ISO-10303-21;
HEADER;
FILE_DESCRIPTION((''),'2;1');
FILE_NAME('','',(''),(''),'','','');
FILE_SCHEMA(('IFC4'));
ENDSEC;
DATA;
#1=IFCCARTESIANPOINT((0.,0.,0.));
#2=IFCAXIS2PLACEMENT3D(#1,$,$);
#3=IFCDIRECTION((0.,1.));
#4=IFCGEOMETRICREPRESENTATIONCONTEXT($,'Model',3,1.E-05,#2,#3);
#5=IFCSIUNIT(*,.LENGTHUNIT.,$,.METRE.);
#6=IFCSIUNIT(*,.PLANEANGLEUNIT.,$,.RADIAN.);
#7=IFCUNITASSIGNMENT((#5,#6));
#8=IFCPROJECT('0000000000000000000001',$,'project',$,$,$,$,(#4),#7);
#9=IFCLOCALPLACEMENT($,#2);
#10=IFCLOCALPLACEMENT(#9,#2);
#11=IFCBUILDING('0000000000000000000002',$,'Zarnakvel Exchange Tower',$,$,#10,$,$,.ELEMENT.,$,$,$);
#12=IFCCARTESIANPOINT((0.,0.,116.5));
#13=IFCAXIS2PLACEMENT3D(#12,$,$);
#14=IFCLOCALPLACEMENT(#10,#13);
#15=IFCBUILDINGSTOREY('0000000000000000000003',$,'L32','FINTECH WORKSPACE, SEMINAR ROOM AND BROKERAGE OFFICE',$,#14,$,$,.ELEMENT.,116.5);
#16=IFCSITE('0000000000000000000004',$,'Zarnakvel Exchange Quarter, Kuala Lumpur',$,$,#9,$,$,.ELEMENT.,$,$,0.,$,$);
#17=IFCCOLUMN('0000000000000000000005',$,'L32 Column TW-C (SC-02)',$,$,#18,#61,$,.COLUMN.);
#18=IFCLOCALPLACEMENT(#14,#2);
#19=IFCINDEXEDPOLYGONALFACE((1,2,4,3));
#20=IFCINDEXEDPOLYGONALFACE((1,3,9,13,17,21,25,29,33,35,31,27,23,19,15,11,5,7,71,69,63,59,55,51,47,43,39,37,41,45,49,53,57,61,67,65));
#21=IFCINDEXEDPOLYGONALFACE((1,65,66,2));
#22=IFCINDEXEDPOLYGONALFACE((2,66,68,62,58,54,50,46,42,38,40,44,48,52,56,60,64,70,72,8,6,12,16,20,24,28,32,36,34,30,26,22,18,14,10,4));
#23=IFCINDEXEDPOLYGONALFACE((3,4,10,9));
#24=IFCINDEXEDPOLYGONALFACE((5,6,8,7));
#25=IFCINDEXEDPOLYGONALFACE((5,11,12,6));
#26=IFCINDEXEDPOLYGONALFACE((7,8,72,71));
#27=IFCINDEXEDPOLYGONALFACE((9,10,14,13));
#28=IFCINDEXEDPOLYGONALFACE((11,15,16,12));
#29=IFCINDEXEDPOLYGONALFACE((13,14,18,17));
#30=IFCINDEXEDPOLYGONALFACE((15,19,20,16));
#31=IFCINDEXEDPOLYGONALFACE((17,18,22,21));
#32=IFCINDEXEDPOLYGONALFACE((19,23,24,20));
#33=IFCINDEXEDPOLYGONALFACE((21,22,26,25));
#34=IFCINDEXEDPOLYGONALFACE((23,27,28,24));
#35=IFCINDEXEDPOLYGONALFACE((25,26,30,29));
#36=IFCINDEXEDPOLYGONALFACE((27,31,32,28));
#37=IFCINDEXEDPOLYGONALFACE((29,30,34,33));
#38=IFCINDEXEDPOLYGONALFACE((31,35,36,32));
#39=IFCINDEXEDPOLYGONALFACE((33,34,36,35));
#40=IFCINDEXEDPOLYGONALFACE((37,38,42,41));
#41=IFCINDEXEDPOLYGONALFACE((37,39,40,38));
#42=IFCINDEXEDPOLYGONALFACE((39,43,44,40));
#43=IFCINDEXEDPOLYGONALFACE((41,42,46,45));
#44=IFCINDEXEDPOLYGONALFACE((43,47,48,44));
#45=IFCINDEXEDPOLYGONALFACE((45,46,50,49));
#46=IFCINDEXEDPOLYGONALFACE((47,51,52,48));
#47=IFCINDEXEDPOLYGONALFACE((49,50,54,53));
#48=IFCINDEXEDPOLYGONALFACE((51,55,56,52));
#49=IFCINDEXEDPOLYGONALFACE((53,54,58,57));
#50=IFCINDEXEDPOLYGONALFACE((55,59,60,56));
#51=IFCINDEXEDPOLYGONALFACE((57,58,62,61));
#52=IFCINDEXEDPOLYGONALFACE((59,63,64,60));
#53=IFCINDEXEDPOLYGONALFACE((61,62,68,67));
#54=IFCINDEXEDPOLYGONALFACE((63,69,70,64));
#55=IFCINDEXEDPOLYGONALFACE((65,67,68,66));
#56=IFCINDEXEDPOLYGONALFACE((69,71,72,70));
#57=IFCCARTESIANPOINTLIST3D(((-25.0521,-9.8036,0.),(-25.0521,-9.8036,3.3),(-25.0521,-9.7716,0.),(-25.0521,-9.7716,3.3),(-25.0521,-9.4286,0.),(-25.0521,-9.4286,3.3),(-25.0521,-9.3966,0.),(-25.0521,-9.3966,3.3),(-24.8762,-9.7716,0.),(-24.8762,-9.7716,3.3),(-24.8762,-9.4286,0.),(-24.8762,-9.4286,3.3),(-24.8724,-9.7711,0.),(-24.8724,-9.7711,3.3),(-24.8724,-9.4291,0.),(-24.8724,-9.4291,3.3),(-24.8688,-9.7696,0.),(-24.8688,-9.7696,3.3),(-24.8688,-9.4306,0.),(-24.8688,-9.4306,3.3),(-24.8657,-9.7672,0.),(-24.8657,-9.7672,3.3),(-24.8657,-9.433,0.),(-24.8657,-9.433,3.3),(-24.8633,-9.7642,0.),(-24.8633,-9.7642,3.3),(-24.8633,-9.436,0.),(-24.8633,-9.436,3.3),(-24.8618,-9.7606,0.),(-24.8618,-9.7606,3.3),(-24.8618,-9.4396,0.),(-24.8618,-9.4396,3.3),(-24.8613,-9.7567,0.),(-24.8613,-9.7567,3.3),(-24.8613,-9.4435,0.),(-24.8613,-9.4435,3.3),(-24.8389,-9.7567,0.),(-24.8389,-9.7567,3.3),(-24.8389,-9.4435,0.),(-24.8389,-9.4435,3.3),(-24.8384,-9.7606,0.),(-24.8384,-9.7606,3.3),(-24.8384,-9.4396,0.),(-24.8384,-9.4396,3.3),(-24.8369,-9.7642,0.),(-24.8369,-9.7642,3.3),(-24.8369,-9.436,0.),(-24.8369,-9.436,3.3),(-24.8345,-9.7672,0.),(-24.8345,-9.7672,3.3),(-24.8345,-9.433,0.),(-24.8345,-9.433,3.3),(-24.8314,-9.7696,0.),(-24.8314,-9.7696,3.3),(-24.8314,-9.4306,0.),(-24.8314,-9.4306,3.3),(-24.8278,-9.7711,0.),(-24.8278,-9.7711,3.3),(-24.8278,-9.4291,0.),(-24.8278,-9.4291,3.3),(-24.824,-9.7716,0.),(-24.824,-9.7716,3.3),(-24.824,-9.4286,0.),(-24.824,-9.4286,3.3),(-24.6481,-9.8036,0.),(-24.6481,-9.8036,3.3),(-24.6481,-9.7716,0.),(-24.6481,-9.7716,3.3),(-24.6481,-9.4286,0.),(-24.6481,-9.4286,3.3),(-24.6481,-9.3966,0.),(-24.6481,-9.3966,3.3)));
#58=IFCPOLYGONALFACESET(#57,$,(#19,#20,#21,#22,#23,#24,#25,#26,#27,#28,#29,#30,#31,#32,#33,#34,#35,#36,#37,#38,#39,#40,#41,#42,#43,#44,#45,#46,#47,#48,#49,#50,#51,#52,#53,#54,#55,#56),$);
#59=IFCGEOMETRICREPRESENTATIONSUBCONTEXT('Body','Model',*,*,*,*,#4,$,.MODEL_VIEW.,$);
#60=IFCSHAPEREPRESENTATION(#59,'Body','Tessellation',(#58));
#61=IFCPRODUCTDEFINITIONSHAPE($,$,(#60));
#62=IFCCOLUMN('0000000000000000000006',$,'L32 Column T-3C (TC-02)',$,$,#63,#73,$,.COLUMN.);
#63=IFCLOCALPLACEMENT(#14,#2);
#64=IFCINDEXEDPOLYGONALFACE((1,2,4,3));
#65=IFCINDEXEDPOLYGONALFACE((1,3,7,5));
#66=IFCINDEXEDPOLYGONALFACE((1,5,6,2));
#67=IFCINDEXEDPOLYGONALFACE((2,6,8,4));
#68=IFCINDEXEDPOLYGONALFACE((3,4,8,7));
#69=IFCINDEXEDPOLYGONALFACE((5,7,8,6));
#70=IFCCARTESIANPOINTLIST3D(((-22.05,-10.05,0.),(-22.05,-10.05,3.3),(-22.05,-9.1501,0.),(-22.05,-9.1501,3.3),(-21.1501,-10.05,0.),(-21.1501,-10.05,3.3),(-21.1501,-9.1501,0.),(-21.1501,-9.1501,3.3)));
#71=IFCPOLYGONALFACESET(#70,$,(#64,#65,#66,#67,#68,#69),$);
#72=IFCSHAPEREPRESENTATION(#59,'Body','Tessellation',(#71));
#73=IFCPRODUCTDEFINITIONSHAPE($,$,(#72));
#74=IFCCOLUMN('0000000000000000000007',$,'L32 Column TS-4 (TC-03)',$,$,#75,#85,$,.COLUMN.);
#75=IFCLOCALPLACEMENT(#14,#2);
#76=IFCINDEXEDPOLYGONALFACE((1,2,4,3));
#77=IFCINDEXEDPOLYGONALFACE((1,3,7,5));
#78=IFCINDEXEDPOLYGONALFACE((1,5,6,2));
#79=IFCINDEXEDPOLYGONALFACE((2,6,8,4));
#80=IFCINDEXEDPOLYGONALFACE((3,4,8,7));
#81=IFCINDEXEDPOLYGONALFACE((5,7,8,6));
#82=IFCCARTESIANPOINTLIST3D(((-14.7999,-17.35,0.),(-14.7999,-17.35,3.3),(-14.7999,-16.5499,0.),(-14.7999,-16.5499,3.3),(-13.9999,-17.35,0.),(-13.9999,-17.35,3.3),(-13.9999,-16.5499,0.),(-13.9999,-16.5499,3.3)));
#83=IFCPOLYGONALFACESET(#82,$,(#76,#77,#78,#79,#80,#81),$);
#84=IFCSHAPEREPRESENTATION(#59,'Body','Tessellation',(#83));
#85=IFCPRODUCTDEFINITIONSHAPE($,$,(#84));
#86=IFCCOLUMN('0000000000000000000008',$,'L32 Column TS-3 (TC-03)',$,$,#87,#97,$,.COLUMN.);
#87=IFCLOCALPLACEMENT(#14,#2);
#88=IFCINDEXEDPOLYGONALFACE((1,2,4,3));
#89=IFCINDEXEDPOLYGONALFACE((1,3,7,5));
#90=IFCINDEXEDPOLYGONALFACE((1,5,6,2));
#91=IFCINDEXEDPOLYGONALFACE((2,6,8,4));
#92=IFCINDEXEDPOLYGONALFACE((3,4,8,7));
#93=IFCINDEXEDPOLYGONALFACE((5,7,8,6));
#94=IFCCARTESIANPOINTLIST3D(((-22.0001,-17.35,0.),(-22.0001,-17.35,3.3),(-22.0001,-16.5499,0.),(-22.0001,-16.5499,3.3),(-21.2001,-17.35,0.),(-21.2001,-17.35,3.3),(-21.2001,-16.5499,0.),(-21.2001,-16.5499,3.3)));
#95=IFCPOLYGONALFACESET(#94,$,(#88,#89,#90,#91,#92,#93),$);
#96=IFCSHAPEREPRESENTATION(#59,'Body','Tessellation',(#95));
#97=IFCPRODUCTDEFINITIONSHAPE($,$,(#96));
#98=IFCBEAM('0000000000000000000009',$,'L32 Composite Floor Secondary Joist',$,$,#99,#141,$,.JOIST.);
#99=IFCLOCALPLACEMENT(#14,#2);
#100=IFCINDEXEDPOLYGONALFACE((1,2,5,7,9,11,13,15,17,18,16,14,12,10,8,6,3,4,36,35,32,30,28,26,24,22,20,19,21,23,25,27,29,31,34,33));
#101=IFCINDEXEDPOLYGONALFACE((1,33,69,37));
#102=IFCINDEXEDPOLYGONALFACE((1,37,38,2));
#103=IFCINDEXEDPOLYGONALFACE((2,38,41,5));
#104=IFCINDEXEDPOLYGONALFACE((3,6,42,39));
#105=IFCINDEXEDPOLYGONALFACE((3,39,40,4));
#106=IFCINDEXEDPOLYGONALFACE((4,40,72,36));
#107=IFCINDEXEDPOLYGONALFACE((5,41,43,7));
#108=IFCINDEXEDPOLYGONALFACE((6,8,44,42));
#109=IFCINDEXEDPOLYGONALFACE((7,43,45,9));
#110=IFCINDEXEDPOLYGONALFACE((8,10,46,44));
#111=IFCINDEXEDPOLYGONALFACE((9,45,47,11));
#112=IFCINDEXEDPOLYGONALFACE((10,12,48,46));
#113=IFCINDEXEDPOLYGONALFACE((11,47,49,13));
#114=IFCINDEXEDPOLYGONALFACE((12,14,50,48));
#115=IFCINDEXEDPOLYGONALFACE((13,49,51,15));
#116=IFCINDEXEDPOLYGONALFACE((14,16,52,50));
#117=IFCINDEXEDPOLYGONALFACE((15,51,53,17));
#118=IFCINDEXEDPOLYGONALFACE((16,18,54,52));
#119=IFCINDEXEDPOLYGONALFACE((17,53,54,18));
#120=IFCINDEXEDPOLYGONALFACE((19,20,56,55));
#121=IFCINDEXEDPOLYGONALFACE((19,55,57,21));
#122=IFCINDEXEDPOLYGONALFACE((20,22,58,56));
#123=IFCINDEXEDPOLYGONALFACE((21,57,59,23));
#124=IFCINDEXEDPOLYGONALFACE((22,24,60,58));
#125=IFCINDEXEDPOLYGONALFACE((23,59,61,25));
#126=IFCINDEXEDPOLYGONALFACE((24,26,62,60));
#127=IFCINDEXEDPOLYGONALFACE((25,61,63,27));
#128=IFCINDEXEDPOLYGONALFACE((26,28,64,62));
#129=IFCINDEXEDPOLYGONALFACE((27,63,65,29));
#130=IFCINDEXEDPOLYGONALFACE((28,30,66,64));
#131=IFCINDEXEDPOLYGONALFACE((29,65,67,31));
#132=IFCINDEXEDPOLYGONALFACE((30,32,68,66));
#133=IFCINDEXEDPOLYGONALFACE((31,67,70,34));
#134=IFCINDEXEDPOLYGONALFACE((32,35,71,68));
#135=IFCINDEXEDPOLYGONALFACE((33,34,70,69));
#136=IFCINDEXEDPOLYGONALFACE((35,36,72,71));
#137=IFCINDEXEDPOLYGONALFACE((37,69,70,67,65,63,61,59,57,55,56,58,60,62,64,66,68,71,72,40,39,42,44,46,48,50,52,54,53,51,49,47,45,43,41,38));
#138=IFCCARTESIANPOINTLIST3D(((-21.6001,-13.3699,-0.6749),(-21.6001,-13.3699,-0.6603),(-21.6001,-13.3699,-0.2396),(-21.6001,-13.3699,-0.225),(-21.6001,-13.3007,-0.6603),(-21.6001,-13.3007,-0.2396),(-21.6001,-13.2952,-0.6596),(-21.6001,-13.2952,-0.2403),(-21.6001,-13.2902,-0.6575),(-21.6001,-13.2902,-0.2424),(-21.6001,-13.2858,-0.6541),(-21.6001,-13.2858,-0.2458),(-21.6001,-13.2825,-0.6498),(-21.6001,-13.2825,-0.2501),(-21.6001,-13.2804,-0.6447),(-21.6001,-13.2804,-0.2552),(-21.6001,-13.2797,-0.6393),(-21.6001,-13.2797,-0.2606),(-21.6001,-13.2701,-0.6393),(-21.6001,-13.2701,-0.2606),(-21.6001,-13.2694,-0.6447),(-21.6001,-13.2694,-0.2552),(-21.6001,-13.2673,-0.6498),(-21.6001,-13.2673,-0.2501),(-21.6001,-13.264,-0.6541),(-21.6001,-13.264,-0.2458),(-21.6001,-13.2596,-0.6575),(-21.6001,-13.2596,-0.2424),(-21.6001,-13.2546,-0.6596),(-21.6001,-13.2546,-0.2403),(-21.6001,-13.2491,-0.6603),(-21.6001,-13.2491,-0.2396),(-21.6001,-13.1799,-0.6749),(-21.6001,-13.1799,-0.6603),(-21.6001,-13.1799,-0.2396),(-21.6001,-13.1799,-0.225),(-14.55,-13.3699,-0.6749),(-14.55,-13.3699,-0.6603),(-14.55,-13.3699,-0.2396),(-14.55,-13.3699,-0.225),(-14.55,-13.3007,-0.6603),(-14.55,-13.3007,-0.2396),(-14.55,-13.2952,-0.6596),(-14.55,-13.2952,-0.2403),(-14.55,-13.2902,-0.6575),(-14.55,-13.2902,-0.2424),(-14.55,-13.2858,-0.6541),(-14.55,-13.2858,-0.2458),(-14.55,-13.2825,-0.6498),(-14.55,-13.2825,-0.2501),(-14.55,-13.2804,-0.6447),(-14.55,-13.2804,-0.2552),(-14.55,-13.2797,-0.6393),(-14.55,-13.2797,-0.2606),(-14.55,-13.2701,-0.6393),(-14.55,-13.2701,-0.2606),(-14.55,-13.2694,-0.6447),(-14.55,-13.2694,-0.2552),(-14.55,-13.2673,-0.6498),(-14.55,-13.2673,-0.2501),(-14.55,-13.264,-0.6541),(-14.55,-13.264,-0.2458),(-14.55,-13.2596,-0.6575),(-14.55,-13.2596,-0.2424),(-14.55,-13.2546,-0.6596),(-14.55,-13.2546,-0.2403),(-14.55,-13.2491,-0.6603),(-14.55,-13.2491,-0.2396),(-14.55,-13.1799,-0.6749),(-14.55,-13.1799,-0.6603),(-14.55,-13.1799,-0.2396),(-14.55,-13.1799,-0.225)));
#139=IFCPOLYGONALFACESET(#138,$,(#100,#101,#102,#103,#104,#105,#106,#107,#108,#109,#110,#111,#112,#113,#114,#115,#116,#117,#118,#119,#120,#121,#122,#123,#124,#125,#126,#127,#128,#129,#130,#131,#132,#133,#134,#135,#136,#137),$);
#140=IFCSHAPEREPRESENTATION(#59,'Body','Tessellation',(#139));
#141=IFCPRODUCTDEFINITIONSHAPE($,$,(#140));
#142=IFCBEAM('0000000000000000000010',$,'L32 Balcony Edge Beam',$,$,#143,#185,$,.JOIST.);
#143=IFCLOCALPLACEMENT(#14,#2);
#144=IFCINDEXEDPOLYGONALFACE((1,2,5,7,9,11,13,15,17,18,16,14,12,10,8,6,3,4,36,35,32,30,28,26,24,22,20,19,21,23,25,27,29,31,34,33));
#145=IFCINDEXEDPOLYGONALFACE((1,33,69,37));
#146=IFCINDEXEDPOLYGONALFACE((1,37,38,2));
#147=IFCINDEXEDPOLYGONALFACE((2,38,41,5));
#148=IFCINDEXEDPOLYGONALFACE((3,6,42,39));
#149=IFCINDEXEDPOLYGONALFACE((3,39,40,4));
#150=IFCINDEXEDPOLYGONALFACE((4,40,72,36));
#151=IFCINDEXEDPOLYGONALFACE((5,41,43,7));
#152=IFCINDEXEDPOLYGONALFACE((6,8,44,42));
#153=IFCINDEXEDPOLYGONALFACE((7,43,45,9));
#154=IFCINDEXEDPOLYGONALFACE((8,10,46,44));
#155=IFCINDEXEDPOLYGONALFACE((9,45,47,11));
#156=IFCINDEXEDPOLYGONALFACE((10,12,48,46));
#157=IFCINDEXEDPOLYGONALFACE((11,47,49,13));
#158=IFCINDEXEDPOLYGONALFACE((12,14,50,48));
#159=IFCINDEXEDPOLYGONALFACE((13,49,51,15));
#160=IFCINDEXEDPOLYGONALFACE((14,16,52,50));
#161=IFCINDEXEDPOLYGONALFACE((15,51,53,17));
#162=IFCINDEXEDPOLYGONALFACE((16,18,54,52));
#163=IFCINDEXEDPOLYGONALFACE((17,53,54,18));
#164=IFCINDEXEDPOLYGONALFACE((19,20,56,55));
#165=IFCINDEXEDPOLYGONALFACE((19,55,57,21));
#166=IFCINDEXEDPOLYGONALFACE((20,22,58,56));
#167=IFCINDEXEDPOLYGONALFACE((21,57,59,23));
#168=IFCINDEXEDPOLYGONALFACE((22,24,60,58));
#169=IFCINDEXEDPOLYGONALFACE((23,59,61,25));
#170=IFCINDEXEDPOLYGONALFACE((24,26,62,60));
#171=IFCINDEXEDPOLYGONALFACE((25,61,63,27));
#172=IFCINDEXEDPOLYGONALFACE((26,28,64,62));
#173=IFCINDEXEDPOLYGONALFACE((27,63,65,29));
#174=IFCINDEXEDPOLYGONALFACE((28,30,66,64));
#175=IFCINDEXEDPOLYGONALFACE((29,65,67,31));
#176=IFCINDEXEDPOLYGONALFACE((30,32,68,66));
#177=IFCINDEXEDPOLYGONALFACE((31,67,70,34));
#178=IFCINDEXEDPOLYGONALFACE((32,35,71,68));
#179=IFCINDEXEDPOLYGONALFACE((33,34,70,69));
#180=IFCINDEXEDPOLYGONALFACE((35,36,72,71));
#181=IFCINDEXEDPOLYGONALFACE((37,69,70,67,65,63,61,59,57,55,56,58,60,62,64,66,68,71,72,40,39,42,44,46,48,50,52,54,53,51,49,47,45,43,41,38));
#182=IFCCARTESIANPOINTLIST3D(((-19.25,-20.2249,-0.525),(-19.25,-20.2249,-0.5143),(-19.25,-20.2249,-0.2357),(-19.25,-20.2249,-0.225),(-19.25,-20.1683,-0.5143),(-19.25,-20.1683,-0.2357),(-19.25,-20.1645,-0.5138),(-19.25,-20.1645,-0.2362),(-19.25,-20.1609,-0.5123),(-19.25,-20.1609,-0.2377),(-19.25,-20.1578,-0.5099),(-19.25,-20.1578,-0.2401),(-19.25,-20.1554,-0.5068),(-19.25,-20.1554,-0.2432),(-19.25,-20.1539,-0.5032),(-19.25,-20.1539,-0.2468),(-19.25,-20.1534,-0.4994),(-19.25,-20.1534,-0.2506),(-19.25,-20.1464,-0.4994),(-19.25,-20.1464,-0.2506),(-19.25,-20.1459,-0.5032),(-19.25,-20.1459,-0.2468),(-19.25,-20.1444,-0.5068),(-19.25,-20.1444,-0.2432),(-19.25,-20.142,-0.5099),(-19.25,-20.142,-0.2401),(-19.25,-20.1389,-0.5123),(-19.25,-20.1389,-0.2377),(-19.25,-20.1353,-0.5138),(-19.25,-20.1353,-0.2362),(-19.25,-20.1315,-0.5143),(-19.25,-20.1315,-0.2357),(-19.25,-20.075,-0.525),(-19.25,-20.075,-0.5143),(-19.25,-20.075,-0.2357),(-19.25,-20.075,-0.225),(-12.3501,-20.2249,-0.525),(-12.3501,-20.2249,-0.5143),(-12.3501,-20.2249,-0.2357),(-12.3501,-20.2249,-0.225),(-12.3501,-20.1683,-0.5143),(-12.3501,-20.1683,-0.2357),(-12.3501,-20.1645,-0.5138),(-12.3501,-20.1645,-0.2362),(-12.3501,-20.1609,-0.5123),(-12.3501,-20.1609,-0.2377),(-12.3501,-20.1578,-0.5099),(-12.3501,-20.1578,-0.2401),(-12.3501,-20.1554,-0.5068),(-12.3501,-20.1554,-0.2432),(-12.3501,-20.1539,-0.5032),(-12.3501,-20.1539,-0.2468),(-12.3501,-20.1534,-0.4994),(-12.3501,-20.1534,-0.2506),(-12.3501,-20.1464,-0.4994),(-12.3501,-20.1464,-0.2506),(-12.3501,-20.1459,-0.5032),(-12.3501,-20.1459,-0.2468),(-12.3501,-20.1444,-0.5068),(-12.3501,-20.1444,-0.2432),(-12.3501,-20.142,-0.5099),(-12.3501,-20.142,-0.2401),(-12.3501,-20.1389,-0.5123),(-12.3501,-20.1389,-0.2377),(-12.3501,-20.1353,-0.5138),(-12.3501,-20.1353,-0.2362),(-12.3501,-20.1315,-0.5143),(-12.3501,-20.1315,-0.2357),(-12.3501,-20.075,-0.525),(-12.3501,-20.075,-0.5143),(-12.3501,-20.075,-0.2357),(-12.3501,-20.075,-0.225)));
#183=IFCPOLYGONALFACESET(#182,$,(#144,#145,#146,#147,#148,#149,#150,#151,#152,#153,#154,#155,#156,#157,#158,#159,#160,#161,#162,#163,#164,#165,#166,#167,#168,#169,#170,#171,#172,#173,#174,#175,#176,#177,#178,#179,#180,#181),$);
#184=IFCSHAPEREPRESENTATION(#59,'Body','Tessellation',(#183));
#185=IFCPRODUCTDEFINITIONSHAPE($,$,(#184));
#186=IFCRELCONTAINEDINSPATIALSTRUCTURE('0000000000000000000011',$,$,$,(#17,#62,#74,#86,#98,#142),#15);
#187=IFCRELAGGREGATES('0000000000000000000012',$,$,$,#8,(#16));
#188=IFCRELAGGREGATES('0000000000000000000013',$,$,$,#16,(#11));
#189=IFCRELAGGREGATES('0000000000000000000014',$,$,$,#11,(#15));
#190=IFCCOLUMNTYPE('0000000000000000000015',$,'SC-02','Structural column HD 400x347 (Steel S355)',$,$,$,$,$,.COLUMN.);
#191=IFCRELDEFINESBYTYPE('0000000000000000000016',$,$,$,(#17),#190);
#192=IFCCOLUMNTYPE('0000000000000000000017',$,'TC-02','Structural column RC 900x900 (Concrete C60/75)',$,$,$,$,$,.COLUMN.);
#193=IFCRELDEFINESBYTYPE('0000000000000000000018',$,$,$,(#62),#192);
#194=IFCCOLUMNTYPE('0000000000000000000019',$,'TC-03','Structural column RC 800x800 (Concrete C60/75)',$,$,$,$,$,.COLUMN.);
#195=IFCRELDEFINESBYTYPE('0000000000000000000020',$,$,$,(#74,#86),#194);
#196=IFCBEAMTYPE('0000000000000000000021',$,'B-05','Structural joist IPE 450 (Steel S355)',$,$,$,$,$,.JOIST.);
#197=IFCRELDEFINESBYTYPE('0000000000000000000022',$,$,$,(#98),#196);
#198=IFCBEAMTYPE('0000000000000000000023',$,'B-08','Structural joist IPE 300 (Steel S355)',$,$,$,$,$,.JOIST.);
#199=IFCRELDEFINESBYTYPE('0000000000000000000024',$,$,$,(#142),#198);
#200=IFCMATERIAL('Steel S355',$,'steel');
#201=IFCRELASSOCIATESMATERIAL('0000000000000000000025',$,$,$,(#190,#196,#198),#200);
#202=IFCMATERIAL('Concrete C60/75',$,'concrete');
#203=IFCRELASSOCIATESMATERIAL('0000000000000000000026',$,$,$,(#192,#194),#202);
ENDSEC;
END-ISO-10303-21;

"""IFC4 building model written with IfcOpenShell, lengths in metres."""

from ifc_helpers import new_model, si_unit, direction, frame, origin, origin_2d, place, context, subcontext, project, spatial, rectangle, i_section, extrude, material, material_profile, profile_set, type_object, element, save


model = new_model("IFC4")

# Units and contexts
model_context = context("Model", 3, precision=1e-05, world=origin(), true_north=direction((0.0, 1.0)))
body_context = subcontext(model_context, "Body", "Model", "MODEL_VIEW")
ifc_project = project(units=[si_unit("LENGTHUNIT", "METRE"), si_unit("PLANEANGLEUNIT", "RADIAN")], contexts=[model_context])

# Site, building, storey
site_placement = place(None, origin())
site = spatial("IfcSite", under=ifc_project, at=site_placement, Name="Zarnakvel Exchange Quarter, Kuala Lumpur", CompositionType="ELEMENT", RefElevation=0.0)
building_placement = place(site_placement, origin())
building = spatial("IfcBuilding", under=site, at=building_placement, Name="Zarnakvel Exchange Tower", CompositionType="ELEMENT")
storey_placement = place(building_placement, frame((0.0, 0.0, 116.5)))
storey = spatial("IfcBuildingStorey", under=building, at=storey_placement, Name="L32", Description="FINTECH WORKSPACE, SEMINAR ROOM AND BROKERAGE OFFICE", CompositionType="ELEMENT", Elevation=116.5)

# Columns
ifc_material_1 = material(Name="Steel S355", Category="steel")
ifc_material_profile_1 = material_profile(ifc_material_1, i_section(OverallWidth=0.4041, OverallDepth=0.407, WebThickness=0.0225, FlangeThickness=0.032, FilletRadius=0.0149, at=origin_2d()))
ifc_profile_set_1 = profile_set([ifc_material_profile_1], Name="Steel S355")
column_type_1 = type_object("IfcColumnType", Name="SC-02", Description="Structural column HD 400x347 (Steel S355)", PredefinedType="COLUMN", material=ifc_profile_set_1)
column_1_placement = place(storey_placement, frame((-24.8501, -9.6001, 0.0), z_axis=(0.0, 0.0, 1.0), x_axis=(1.0, 0.0, 0.0)))
element("IfcColumn", 1, at=column_1_placement, inside=storey, type_object=column_type_1, Name="L32 Column TW-C (SC-02)", PredefinedType="COLUMN", context=body_context, shape_type="SweptSolid", body=[
    extrude(i_section(OverallWidth=0.4041, OverallDepth=0.407, WebThickness=0.0225, FlangeThickness=0.032, FilletRadius=0.0149, at=origin_2d()), origin(), (0.0, 0.0, 1.0), 3.3),
])
ifc_material_2 = material(Name="Concrete C60/75", Category="concrete")
ifc_material_profile_2 = material_profile(ifc_material_2, rectangle(XDim=0.8999, YDim=0.8999, at=origin_2d()))
ifc_profile_set_2 = profile_set([ifc_material_profile_2], Name="Concrete C60/75")
column_type_2 = type_object("IfcColumnType", Name="TC-02", Description="Structural column RC 900x900 (Concrete C60/75)", PredefinedType="COLUMN", material=ifc_profile_set_2)
column_2_placement = place(storey_placement, frame((-21.6001, -9.6001, 0.0), z_axis=(0.0, 0.0, 1.0), x_axis=(1.0, 0.0, 0.0)))
element("IfcColumn", 2, at=column_2_placement, inside=storey, type_object=column_type_2, Name="L32 Column T-3C (TC-02)", PredefinedType="COLUMN", context=body_context, shape_type="SweptSolid", body=[
    extrude(rectangle(XDim=0.8999, YDim=0.8999, at=origin_2d()), origin(), (0.0, 0.0, 1.0), 3.3),
])
ifc_material_profile_3 = material_profile(ifc_material_2, rectangle(XDim=0.8, YDim=0.8, at=origin_2d()))
ifc_profile_set_3 = profile_set([ifc_material_profile_3], Name="Concrete C60/75")
column_type_3 = type_object("IfcColumnType", Name="TC-03", Description="Structural column RC 800x800 (Concrete C60/75)", PredefinedType="COLUMN", material=ifc_profile_set_3)
for number, where, z_axis, x_axis, name in (
    (3, (-14.3999, -16.95, 0.0), (0.0, 0.0, 1.0), (1.0, 0.0, 0.0), "L32 Column TS-4 (TC-03)"),
    (4, (-21.6001, -16.95, 0.0), (0.0, 0.0, 1.0), (1.0, 0.0, 0.0), "L32 Column TS-3 (TC-03)"),
):
    element("IfcColumn", number, at=place(storey_placement, frame(where, z_axis=z_axis, x_axis=x_axis)), inside=storey, type_object=column_type_3, Name=name, PredefinedType="COLUMN", context=body_context, shape_type="SweptSolid", body=[
        extrude(rectangle(XDim=0.8, YDim=0.8, at=origin_2d()), origin(), (0.0, 0.0, 1.0), 3.3),
    ])

# Beams
ifc_material_profile_4 = material_profile(ifc_material_1, i_section(OverallWidth=0.1899, OverallDepth=0.45, WebThickness=0.0095, FlangeThickness=0.0146, FilletRadius=0.021, at=origin_2d()))
ifc_profile_set_4 = profile_set([ifc_material_profile_4], Name="Steel S355")
beam_type_1 = type_object("IfcBeamType", Name="B-05", Description="Structural joist IPE 450 (Steel S355)", PredefinedType="JOIST", material=ifc_profile_set_4)
beam_1_placement = place(storey_placement, frame((-21.6001, -13.2749, -0.45), z_axis=(1.0, 0.0, 0.0), x_axis=(0.0, 1.0, 0.0)))
element("IfcBeam", 5, at=beam_1_placement, inside=storey, type_object=beam_type_1, Name="L32 Composite Floor Secondary Joist", PredefinedType="JOIST", context=body_context, shape_type="SweptSolid", body=[
    extrude(i_section(OverallWidth=0.1899, OverallDepth=0.45, WebThickness=0.0095, FlangeThickness=0.0146, FilletRadius=0.021, at=origin_2d()), origin(), (0.0, 0.0, 1.0), 7.05),
])
ifc_material_profile_5 = material_profile(ifc_material_1, i_section(OverallWidth=0.1499, OverallDepth=0.3, WebThickness=0.0071, FlangeThickness=0.0107, FilletRadius=0.0149, at=origin_2d()))
ifc_profile_set_5 = profile_set([ifc_material_profile_5], Name="Steel S355")
beam_type_2 = type_object("IfcBeamType", Name="B-08", Description="Structural joist IPE 300 (Steel S355)", PredefinedType="JOIST", material=ifc_profile_set_5)
beam_2_placement = place(storey_placement, frame((-19.25, -20.1499, -0.375), z_axis=(1.0, 0.0, 0.0), x_axis=(0.0, 1.0, 0.0)))
element("IfcBeam", 6, at=beam_2_placement, inside=storey, type_object=beam_type_2, Name="L32 Balcony Edge Beam", PredefinedType="JOIST", context=body_context, shape_type="SweptSolid", body=[
    extrude(i_section(OverallWidth=0.1499, OverallDepth=0.3, WebThickness=0.0071, FlangeThickness=0.0107, FilletRadius=0.0149, at=origin_2d()), origin(), (0.0, 0.0, 1.0), 6.8999),
])

save(model, "model.ifc")
